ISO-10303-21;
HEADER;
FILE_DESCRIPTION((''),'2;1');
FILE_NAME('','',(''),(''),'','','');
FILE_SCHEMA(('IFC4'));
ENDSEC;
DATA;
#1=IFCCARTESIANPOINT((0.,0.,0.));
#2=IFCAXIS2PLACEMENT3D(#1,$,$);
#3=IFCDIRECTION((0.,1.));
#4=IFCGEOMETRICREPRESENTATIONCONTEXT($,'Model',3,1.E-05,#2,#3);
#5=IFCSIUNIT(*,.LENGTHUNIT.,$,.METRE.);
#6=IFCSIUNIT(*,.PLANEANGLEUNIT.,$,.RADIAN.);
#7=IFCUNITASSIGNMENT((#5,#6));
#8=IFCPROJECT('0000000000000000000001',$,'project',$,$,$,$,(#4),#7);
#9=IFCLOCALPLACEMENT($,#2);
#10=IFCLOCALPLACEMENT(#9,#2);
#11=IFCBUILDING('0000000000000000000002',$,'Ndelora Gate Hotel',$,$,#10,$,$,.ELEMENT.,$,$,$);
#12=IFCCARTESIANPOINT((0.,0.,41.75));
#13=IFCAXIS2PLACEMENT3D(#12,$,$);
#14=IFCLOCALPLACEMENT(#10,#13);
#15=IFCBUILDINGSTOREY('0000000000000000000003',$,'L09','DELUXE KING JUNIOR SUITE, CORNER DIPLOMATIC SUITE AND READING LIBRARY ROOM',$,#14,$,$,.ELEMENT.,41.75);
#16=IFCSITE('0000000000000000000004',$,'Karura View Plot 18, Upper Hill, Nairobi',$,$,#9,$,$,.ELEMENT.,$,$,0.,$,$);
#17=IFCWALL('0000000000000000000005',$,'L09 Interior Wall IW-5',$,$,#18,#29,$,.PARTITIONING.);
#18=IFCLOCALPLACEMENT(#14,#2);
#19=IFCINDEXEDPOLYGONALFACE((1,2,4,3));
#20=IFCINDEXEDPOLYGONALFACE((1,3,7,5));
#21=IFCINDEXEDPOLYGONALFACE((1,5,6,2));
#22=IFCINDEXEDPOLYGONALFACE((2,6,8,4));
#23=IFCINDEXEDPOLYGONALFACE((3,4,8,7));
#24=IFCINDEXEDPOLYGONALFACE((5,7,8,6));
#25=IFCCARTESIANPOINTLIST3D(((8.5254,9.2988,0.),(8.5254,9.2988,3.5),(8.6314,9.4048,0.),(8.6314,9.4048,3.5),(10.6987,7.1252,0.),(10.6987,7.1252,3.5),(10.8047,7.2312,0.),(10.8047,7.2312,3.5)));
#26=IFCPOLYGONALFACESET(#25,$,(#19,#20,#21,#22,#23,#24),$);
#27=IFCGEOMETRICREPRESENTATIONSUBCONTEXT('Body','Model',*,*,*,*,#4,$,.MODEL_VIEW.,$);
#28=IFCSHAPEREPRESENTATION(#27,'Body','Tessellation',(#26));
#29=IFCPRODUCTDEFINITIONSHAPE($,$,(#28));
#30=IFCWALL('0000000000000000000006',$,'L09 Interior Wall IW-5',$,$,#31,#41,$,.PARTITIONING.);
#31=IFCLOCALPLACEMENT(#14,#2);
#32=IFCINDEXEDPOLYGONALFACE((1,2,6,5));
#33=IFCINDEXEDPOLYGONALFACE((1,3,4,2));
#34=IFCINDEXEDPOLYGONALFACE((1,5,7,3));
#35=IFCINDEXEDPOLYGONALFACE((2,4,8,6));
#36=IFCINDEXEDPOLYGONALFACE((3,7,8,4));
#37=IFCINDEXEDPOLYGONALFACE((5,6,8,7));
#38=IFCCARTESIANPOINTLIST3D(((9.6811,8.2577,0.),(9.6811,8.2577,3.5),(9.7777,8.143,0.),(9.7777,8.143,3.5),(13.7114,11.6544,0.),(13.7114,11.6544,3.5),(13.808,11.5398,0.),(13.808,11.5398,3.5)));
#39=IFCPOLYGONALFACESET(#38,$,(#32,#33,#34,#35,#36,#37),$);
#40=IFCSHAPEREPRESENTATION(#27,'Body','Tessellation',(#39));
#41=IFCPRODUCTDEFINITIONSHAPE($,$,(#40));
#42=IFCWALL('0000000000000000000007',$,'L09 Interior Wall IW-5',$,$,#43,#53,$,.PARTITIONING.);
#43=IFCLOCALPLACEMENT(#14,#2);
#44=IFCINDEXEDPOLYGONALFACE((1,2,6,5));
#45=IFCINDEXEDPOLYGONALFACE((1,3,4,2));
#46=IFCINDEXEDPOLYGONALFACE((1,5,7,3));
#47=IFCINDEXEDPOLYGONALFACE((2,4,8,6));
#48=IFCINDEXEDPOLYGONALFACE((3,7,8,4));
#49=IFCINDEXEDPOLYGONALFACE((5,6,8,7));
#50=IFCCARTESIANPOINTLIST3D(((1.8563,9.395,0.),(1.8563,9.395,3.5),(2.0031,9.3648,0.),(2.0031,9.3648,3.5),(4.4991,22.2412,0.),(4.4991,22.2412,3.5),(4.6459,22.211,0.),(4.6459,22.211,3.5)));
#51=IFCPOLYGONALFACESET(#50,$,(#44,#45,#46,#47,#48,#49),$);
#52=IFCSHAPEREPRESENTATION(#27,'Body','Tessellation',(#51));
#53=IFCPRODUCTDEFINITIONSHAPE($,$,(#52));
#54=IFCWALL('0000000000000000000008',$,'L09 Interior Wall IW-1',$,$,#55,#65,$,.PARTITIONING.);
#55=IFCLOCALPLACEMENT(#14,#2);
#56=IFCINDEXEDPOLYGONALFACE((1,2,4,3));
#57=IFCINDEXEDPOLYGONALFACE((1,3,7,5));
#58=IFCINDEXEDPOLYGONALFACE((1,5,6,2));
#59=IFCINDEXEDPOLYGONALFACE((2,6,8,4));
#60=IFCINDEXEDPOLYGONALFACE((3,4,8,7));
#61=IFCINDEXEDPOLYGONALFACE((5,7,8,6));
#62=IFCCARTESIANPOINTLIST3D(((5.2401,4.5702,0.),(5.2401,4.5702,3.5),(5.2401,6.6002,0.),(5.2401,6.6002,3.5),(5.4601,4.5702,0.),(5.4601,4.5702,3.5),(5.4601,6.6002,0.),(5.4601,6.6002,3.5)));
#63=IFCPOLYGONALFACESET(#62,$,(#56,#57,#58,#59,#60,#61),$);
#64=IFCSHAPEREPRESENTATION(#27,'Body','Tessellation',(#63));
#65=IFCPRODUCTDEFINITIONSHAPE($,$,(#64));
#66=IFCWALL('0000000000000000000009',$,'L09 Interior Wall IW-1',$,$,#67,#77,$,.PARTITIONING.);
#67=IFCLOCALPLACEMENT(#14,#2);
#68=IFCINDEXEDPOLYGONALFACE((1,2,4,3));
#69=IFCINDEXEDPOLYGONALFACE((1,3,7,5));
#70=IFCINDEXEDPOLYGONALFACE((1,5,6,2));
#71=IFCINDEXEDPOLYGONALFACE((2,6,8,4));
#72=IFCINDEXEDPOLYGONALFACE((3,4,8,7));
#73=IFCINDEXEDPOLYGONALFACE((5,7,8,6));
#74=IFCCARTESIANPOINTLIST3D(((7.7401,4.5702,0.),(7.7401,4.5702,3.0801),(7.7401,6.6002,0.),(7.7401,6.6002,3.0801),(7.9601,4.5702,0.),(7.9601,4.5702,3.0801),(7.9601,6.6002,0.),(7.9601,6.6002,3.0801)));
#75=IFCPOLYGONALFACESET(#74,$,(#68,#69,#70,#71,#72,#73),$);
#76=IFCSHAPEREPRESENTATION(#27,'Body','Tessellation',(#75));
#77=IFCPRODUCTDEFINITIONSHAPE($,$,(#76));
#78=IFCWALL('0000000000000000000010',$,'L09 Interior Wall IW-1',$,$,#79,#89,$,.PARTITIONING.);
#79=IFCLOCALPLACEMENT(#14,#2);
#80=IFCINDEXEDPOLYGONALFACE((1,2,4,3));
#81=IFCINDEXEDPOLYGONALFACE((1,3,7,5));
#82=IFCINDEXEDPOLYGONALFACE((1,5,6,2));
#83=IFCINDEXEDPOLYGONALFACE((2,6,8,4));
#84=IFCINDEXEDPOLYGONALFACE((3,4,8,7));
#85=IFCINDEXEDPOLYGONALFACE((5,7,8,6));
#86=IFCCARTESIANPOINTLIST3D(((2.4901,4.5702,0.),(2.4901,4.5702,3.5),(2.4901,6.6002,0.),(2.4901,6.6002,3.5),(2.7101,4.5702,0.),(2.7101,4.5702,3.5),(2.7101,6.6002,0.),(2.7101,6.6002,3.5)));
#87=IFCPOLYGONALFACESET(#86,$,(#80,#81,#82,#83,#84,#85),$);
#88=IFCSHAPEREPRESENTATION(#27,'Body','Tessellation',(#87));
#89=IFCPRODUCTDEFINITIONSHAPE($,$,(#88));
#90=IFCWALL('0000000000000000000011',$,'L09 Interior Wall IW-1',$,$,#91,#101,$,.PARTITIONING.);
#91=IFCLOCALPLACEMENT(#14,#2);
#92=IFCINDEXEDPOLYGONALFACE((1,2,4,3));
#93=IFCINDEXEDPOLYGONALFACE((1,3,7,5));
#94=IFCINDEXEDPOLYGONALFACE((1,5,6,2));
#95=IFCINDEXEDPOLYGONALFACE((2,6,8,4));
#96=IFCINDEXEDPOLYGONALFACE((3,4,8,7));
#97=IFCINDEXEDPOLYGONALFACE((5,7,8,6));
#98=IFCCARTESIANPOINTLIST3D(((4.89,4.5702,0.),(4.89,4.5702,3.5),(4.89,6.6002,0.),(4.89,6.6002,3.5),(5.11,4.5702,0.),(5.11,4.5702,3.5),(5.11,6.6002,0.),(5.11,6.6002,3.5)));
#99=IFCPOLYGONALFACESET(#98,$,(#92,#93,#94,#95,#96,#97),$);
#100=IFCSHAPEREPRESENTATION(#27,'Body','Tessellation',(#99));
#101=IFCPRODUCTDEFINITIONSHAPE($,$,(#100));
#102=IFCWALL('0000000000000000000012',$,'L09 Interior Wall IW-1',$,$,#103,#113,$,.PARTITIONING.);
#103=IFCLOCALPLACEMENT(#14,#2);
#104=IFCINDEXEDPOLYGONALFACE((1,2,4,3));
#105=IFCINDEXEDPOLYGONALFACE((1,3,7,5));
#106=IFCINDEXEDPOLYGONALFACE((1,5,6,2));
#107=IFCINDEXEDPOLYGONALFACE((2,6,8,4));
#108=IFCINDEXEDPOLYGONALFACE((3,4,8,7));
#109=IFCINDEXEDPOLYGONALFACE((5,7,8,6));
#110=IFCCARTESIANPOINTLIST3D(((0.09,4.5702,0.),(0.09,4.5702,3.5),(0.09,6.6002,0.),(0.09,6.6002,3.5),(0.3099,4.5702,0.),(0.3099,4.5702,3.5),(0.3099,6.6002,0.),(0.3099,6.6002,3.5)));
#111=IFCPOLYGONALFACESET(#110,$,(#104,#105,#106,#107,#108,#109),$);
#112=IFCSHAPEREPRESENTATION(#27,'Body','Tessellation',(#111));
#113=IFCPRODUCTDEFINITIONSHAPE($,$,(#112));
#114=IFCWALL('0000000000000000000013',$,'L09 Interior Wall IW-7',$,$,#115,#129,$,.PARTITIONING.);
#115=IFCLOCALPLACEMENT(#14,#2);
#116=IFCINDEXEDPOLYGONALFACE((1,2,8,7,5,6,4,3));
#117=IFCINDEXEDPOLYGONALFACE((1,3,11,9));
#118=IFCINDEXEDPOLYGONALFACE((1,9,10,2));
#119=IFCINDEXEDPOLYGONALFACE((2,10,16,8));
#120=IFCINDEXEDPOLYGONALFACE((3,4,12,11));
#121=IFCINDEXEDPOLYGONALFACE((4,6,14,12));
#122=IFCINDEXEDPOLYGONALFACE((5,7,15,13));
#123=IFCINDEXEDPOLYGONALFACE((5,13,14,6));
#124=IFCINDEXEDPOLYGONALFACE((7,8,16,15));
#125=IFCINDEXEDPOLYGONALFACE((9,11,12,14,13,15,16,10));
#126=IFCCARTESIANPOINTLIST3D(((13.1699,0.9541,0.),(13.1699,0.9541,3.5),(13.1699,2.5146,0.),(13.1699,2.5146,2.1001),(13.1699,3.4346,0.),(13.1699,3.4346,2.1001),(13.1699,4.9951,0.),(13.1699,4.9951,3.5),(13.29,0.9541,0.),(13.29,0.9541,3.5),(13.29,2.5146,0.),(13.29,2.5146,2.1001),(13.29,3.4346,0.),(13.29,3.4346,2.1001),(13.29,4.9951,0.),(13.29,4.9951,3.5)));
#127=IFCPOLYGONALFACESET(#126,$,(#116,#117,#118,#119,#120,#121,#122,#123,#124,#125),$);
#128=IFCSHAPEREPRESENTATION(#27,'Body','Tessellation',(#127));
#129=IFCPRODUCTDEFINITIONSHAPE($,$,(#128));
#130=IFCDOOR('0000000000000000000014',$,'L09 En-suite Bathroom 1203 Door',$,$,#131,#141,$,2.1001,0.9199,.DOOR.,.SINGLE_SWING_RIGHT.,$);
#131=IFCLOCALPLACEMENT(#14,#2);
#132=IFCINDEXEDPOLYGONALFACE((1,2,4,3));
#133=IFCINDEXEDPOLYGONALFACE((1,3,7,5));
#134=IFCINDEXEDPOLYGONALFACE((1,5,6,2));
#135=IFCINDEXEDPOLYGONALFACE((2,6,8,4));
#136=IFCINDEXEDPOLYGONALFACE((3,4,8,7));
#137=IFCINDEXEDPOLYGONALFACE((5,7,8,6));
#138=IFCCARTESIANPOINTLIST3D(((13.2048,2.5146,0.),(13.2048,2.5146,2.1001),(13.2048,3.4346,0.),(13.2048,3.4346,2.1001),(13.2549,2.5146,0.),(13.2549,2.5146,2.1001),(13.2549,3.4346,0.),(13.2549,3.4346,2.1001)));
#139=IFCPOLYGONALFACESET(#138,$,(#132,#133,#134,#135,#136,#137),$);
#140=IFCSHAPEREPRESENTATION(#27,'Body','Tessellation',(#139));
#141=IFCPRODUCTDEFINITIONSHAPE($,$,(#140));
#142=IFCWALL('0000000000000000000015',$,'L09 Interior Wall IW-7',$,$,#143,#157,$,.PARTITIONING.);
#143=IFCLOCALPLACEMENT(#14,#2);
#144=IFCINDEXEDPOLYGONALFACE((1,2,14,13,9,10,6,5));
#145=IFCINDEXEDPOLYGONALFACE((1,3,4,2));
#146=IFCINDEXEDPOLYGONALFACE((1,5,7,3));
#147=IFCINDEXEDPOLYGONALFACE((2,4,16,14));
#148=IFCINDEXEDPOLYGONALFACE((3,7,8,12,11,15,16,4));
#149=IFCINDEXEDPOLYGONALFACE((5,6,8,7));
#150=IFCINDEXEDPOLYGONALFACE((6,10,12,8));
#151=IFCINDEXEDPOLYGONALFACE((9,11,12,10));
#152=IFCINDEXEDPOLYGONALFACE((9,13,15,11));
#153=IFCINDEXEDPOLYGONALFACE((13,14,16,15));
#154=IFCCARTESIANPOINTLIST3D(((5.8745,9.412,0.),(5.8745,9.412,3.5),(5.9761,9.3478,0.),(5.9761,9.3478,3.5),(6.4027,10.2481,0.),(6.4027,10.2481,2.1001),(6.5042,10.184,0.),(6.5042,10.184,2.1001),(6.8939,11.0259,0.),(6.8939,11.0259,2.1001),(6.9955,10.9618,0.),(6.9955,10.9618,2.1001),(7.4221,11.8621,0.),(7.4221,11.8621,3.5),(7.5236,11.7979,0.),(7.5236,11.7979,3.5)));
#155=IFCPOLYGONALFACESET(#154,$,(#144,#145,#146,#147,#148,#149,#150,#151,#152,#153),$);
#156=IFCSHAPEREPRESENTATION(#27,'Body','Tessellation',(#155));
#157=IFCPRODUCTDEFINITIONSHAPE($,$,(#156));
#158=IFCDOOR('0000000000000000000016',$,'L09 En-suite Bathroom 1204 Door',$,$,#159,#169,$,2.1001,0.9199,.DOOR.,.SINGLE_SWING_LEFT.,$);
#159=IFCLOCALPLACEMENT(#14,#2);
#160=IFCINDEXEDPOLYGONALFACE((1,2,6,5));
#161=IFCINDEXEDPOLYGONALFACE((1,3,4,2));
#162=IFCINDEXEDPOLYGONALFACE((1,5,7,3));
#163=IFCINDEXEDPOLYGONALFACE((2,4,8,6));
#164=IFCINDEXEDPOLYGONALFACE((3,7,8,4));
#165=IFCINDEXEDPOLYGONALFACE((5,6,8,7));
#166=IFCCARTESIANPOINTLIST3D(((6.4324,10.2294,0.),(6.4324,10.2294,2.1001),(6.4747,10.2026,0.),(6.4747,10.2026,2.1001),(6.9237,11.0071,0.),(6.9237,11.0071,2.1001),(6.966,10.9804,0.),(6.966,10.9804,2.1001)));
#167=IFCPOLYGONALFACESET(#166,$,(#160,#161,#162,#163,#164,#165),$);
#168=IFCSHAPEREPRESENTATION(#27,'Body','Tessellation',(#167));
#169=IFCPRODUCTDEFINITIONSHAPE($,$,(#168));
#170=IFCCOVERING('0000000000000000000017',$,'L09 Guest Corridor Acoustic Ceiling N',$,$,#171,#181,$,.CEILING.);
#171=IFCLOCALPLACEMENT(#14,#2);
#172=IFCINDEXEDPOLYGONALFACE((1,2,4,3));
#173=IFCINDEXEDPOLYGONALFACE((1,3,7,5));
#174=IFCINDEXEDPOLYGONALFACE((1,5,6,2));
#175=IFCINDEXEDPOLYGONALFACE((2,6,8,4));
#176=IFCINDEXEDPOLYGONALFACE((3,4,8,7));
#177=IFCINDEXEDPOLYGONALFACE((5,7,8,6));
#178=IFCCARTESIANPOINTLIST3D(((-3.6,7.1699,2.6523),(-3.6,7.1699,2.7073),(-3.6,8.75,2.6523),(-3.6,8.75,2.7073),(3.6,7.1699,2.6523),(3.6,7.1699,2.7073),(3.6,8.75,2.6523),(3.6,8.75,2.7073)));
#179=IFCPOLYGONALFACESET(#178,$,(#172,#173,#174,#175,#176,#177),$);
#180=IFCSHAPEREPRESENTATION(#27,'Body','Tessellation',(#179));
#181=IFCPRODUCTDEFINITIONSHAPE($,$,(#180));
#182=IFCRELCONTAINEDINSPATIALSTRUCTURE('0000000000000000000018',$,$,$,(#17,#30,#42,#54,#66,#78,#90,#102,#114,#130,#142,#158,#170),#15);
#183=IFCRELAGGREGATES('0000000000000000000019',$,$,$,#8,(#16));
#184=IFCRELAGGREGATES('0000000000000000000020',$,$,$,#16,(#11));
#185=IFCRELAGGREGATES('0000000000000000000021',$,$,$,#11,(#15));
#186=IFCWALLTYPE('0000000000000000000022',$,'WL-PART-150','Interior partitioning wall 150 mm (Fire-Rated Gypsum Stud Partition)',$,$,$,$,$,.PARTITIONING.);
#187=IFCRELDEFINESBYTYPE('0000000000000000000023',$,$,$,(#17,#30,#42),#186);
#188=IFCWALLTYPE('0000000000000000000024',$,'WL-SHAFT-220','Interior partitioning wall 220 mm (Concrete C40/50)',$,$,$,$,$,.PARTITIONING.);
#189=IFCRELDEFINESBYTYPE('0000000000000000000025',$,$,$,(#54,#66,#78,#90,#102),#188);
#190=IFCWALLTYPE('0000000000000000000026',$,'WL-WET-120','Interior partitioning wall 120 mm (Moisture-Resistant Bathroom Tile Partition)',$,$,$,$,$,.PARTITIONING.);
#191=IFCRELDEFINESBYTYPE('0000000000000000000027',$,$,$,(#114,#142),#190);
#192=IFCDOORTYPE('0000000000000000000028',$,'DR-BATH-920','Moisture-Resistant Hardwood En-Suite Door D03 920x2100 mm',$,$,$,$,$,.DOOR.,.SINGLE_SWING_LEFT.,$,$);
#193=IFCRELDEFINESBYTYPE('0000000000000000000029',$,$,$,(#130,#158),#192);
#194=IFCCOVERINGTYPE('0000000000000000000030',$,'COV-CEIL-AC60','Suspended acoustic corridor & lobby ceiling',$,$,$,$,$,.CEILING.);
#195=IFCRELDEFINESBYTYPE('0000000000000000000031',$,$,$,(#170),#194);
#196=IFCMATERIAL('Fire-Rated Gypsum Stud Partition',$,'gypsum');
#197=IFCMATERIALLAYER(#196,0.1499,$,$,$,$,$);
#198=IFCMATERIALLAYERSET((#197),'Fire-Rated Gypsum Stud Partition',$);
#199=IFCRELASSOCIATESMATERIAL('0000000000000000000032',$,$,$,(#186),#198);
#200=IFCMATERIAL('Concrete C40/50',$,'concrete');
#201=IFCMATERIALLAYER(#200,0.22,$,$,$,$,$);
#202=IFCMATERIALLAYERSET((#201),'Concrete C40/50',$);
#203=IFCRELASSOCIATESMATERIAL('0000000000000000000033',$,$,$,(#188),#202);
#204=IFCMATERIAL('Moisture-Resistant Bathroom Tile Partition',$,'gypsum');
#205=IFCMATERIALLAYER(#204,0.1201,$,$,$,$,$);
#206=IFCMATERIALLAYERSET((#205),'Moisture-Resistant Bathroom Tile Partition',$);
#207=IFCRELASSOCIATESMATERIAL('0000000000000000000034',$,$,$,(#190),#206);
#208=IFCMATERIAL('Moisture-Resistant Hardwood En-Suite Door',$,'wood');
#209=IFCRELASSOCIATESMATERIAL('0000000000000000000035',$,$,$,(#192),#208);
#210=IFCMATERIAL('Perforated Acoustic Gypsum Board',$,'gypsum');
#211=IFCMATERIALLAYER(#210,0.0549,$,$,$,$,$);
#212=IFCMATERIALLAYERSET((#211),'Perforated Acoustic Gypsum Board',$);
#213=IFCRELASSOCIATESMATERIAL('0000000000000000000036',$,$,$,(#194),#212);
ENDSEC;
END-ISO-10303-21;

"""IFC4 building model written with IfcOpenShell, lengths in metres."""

from ifc_helpers import new_model, si_unit, direction, frame, frame_2d, origin, origin_2d, place, context, subcontext, project, spatial, rectangle, extrude, material, layer, layer_set, type_object, element, fill, save


model = new_model("IFC4")

# Units and contexts
model_context = context("Model", 3, precision=1e-05, world=origin(), true_north=direction((0.0, 1.0)))
body_context = subcontext(model_context, "Body", "Model", "MODEL_VIEW")
ifc_project = project(units=[si_unit("LENGTHUNIT", "METRE"), si_unit("PLANEANGLEUNIT", "RADIAN")], contexts=[model_context])

# Site, building, storey
site_placement = place(None, origin())
site = spatial("IfcSite", under=ifc_project, at=site_placement, Name="Karura View Plot 18, Upper Hill, Nairobi", CompositionType="ELEMENT", RefElevation=0.0)
building_placement = place(site_placement, origin())
building = spatial("IfcBuilding", under=site, at=building_placement, Name="Ndelora Gate Hotel", CompositionType="ELEMENT")
storey_placement = place(building_placement, frame((0.0, 0.0, 41.75)))
storey = spatial("IfcBuildingStorey", under=building, at=storey_placement, Name="L09", Description="DELUXE KING JUNIOR SUITE, CORNER DIPLOMATIC SUITE AND READING LIBRARY ROOM", CompositionType="ELEMENT", Elevation=41.75)

# Shared definitions
ifc_material_1 = material(Name="Fire-Rated Gypsum Stud Partition", Category="gypsum")
ifc_layer_1 = layer(ifc_material_1, 0.1499)
ifc_layer_set_1 = layer_set([ifc_layer_1], Name="Fire-Rated Gypsum Stud Partition")
wall_type_1 = type_object("IfcWallType", Name="WL-PART-150", Description="Interior partitioning wall 150 mm (Fire-Rated Gypsum Stud Partition)", PredefinedType="PARTITIONING", material=ifc_layer_set_1)

# Walls
wall_1_placement = place(storey_placement, frame((8.5784, 9.3518, 0.0), z_axis=(0.0, 0.0, 1.0), x_axis=(0.707067, -0.707146, 0.0)))
element("IfcWall", 1, at=wall_1_placement, inside=storey, type_object=wall_type_1, Name="L09 Interior Wall IW-5", PredefinedType="PARTITIONING", context=body_context, shape_type="SweptSolid", body=[
    extrude(rectangle(XDim=3.0737, YDim=0.1499, at=frame_2d((1.5369, 0.0))), origin(), (0.0, 0.0, 1.0), 3.5),
])
wall_2_placement = place(storey_placement, frame((9.7295, 8.2004, 0.0), z_axis=(0.0, 0.0, 1.0), x_axis=(0.764648, 0.644448, 0.0)))
element("IfcWall", 2, at=wall_2_placement, inside=storey, type_object=wall_type_1, Name="L09 Interior Wall IW-5", PredefinedType="PARTITIONING", context=body_context, shape_type="SweptSolid", body=[
    extrude(rectangle(XDim=5.2708, YDim=0.1499, at=frame_2d((2.6353, 0.0))), origin(), (0.0, 0.0, 1.0), 3.5),
])
wall_3_placement = place(storey_placement, frame((1.9297, 9.3799, 0.0), z_axis=(0.0, 0.0, 1.0), x_axis=(0.201508, 0.979487, 0.0)))
element("IfcWall", 3, at=wall_3_placement, inside=storey, type_object=wall_type_1, Name="L09 Interior Wall IW-5", PredefinedType="PARTITIONING", context=body_context, shape_type="SweptSolid", body=[
    extrude(rectangle(XDim=13.1152, YDim=0.1499, at=frame_2d((6.5576, 0.0))), origin(), (0.0, 0.0, 1.0), 3.5),
])

# Shared definitions
ifc_material_2 = material(Name="Concrete C40/50", Category="concrete")
ifc_layer_2 = layer(ifc_material_2, 0.22)
ifc_layer_set_2 = layer_set([ifc_layer_2], Name="Concrete C40/50")
wall_type_2 = type_object("IfcWallType", Name="WL-SHAFT-220", Description="Interior partitioning wall 220 mm (Concrete C40/50)", PredefinedType="PARTITIONING", material=ifc_layer_set_2)

# Walls
wall_4_placement = place(storey_placement, frame((5.3501, 4.5701, 0.0), z_axis=(0.0, 0.0, 1.0), x_axis=(0.0, 1.0, 0.0)))
element("IfcWall", 4, at=wall_4_placement, inside=storey, type_object=wall_type_2, Name="L09 Interior Wall IW-1", PredefinedType="PARTITIONING", context=body_context, shape_type="SweptSolid", body=[
    extrude(rectangle(XDim=2.03, YDim=0.22, at=frame_2d((1.0151, 0.0))), origin(), (0.0, 0.0, 1.0), 3.5),
])
wall_5_placement = place(storey_placement, frame((7.8501, 4.5701, 0.0), z_axis=(0.0, 0.0, 1.0), x_axis=(0.0, 1.0, 0.0)))
element("IfcWall", 5, at=wall_5_placement, inside=storey, type_object=wall_type_2, Name="L09 Interior Wall IW-1", PredefinedType="PARTITIONING", context=body_context, shape_type="SweptSolid", body=[
    extrude(rectangle(XDim=2.03, YDim=0.22, at=frame_2d((1.0151, 0.0))), origin(), (0.0, 0.0, 1.0), 3.0801),
])
for number, where, z_axis, x_axis, name in (
    (6, (2.6001, 4.5701, 0.0), (0.0, 0.0, 1.0), (0.0, 1.0, 0.0), "L09 Interior Wall IW-1"),
    (7, (5.0, 4.5701, 0.0), (0.0, 0.0, 1.0), (0.0, 1.0, 0.0), "L09 Interior Wall IW-1"),
    (8, (0.2, 4.5701, 0.0), (0.0, 0.0, 1.0), (0.0, 1.0, 0.0), "L09 Interior Wall IW-1"),
):
    element("IfcWall", number, at=place(storey_placement, frame(where, z_axis=z_axis, x_axis=x_axis)), inside=storey, type_object=wall_type_2, Name=name, PredefinedType="PARTITIONING", context=body_context, shape_type="SweptSolid", body=[
        extrude(rectangle(XDim=2.03, YDim=0.22, at=frame_2d((1.0151, 0.0))), origin(), (0.0, 0.0, 1.0), 3.5),
    ])

# Walls, openings, doors
ifc_material_3 = material(Name="Moisture-Resistant Bathroom Tile Partition", Category="gypsum")
ifc_layer_3 = layer(ifc_material_3, 0.1201)
ifc_layer_set_3 = layer_set([ifc_layer_3], Name="Moisture-Resistant Bathroom Tile Partition")
wall_type_3 = type_object("IfcWallType", Name="WL-WET-120", Description="Interior partitioning wall 120 mm (Moisture-Resistant Bathroom Tile Partition)", PredefinedType="PARTITIONING", material=ifc_layer_set_3)
wall_6_placement = place(storey_placement, frame((13.23, 4.9951, 0.0), z_axis=(0.0, 0.0, 1.0), x_axis=(0.0, -1.0, 0.0)))
wall_6 = element("IfcWall", 9, at=wall_6_placement, inside=storey, type_object=wall_type_3, Name="L09 Interior Wall IW-7", PredefinedType="PARTITIONING", context=body_context, shape_type="SweptSolid", body=[
    extrude(rectangle(XDim=4.041, YDim=0.1201, at=frame_2d((2.0205, 0.0))), origin(), (0.0, 0.0, 1.0), 3.5),
])
opening_1_placement = place(wall_6_placement, frame((1.5605, 0.0, 0.0)))
opening_1 = element("IfcOpeningElement", 10, at=opening_1_placement, cuts=wall_6, PredefinedType="OPENING", context=body_context, shape_type="SweptSolid", body=[
    extrude(rectangle(XDim=0.9199, YDim=2.1001, at=frame_2d((0.46, 1.05))), frame((0.0, 0.0701, 0.0), z_axis=(0.0, -1.0, 0.0), x_axis=(1.0, 0.0, 0.0)), (0.0, 0.0, 1.0), 0.1401),
])
ifc_material_4 = material(Name="Moisture-Resistant Hardwood En-Suite Door", Category="wood")
door_type_1 = type_object("IfcDoorType", Name="DR-BATH-920", Description="Moisture-Resistant Hardwood En-Suite Door D03 920x2100 mm", OperationType="SINGLE_SWING_LEFT", PredefinedType="DOOR", material=ifc_material_4)
door_1_placement = place(opening_1_placement, origin())
door_1 = element("IfcDoor", 11, at=door_1_placement, inside=storey, type_object=door_type_1, Name="L09 En-suite Bathroom 1203 Door", OperationType="SINGLE_SWING_RIGHT", OverallHeight=2.1001, OverallWidth=0.9199, PredefinedType="DOOR", context=body_context, shape_type="SweptSolid", body=[
    extrude(rectangle(XDim=0.9199, YDim=2.1001, at=frame_2d((0.46, 1.05))), frame((0.0, 0.0249, 0.0), z_axis=(0.0, -1.0, 0.0), x_axis=(1.0, 0.0, 0.0)), (0.0, 0.0, 1.0), 0.05),
])
fill(opening_1, door_1)
wall_7_placement = place(storey_placement, frame((5.9253, 9.3799, 0.0), z_axis=(0.0, 0.0, 1.0), x_axis=(0.534022, 0.845471, 0.0)))
wall_7 = element("IfcWall", 12, at=wall_7_placement, inside=storey, type_object=wall_type_3, Name="L09 Interior Wall IW-7", PredefinedType="PARTITIONING", context=body_context, shape_type="SweptSolid", body=[
    extrude(rectangle(XDim=2.8979, YDim=0.1201, at=frame_2d((1.449, 0.0))), origin(), (0.0, 0.0, 1.0), 3.5),
])
opening_2_placement = place(wall_7_placement, frame((0.989, 0.0, 0.0)))
opening_2 = element("IfcOpeningElement", 13, at=opening_2_placement, cuts=wall_7, PredefinedType="OPENING", context=body_context, shape_type="SweptSolid", body=[
    extrude(rectangle(XDim=0.9199, YDim=2.1001, at=frame_2d((0.46, 1.05))), frame((0.0, 0.0701, 0.0), z_axis=(0.0, -1.0, 0.0), x_axis=(1.0, 0.0, 0.0)), (0.0, 0.0, 1.0), 0.1401),
])
door_2_placement = place(opening_2_placement, origin())
door_2 = element("IfcDoor", 14, at=door_2_placement, inside=storey, type_object=door_type_1, Name="L09 En-suite Bathroom 1204 Door", OperationType="SINGLE_SWING_LEFT", OverallHeight=2.1001, OverallWidth=0.9199, PredefinedType="DOOR", context=body_context, shape_type="SweptSolid", body=[
    extrude(rectangle(XDim=0.9199, YDim=2.1001, at=frame_2d((0.46, 1.05))), frame((0.0, 0.0249, 0.0), z_axis=(0.0, -1.0, 0.0), x_axis=(1.0, 0.0, 0.0)), (0.0, 0.0, 1.0), 0.05),
])
fill(opening_2, door_2)

# Covering
ifc_material_5 = material(Name="Perforated Acoustic Gypsum Board", Category="gypsum")
ifc_layer_4 = layer(ifc_material_5, 0.0549)
ifc_layer_set_4 = layer_set([ifc_layer_4], Name="Perforated Acoustic Gypsum Board")
covering_type_1 = type_object("IfcCoveringType", Name="COV-CEIL-AC60", Description="Suspended acoustic corridor & lobby ceiling", PredefinedType="CEILING", material=ifc_layer_set_4)
covering_1_placement = place(storey_placement, frame((0.0, 7.96, 2.6523), z_axis=(0.0, 0.0, 1.0), x_axis=(1.0, 0.0, 0.0)))
element("IfcCovering", 15, at=covering_1_placement, inside=storey, type_object=covering_type_1, Name="L09 Guest Corridor Acoustic Ceiling N", PredefinedType="CEILING", context=body_context, shape_type="SweptSolid", body=[
    extrude(rectangle(XDim=7.2, YDim=1.5801, at=origin_2d()), origin(), (0.0, 0.0, 1.0), 0.0549),
])

save(model, "model.ifc")
